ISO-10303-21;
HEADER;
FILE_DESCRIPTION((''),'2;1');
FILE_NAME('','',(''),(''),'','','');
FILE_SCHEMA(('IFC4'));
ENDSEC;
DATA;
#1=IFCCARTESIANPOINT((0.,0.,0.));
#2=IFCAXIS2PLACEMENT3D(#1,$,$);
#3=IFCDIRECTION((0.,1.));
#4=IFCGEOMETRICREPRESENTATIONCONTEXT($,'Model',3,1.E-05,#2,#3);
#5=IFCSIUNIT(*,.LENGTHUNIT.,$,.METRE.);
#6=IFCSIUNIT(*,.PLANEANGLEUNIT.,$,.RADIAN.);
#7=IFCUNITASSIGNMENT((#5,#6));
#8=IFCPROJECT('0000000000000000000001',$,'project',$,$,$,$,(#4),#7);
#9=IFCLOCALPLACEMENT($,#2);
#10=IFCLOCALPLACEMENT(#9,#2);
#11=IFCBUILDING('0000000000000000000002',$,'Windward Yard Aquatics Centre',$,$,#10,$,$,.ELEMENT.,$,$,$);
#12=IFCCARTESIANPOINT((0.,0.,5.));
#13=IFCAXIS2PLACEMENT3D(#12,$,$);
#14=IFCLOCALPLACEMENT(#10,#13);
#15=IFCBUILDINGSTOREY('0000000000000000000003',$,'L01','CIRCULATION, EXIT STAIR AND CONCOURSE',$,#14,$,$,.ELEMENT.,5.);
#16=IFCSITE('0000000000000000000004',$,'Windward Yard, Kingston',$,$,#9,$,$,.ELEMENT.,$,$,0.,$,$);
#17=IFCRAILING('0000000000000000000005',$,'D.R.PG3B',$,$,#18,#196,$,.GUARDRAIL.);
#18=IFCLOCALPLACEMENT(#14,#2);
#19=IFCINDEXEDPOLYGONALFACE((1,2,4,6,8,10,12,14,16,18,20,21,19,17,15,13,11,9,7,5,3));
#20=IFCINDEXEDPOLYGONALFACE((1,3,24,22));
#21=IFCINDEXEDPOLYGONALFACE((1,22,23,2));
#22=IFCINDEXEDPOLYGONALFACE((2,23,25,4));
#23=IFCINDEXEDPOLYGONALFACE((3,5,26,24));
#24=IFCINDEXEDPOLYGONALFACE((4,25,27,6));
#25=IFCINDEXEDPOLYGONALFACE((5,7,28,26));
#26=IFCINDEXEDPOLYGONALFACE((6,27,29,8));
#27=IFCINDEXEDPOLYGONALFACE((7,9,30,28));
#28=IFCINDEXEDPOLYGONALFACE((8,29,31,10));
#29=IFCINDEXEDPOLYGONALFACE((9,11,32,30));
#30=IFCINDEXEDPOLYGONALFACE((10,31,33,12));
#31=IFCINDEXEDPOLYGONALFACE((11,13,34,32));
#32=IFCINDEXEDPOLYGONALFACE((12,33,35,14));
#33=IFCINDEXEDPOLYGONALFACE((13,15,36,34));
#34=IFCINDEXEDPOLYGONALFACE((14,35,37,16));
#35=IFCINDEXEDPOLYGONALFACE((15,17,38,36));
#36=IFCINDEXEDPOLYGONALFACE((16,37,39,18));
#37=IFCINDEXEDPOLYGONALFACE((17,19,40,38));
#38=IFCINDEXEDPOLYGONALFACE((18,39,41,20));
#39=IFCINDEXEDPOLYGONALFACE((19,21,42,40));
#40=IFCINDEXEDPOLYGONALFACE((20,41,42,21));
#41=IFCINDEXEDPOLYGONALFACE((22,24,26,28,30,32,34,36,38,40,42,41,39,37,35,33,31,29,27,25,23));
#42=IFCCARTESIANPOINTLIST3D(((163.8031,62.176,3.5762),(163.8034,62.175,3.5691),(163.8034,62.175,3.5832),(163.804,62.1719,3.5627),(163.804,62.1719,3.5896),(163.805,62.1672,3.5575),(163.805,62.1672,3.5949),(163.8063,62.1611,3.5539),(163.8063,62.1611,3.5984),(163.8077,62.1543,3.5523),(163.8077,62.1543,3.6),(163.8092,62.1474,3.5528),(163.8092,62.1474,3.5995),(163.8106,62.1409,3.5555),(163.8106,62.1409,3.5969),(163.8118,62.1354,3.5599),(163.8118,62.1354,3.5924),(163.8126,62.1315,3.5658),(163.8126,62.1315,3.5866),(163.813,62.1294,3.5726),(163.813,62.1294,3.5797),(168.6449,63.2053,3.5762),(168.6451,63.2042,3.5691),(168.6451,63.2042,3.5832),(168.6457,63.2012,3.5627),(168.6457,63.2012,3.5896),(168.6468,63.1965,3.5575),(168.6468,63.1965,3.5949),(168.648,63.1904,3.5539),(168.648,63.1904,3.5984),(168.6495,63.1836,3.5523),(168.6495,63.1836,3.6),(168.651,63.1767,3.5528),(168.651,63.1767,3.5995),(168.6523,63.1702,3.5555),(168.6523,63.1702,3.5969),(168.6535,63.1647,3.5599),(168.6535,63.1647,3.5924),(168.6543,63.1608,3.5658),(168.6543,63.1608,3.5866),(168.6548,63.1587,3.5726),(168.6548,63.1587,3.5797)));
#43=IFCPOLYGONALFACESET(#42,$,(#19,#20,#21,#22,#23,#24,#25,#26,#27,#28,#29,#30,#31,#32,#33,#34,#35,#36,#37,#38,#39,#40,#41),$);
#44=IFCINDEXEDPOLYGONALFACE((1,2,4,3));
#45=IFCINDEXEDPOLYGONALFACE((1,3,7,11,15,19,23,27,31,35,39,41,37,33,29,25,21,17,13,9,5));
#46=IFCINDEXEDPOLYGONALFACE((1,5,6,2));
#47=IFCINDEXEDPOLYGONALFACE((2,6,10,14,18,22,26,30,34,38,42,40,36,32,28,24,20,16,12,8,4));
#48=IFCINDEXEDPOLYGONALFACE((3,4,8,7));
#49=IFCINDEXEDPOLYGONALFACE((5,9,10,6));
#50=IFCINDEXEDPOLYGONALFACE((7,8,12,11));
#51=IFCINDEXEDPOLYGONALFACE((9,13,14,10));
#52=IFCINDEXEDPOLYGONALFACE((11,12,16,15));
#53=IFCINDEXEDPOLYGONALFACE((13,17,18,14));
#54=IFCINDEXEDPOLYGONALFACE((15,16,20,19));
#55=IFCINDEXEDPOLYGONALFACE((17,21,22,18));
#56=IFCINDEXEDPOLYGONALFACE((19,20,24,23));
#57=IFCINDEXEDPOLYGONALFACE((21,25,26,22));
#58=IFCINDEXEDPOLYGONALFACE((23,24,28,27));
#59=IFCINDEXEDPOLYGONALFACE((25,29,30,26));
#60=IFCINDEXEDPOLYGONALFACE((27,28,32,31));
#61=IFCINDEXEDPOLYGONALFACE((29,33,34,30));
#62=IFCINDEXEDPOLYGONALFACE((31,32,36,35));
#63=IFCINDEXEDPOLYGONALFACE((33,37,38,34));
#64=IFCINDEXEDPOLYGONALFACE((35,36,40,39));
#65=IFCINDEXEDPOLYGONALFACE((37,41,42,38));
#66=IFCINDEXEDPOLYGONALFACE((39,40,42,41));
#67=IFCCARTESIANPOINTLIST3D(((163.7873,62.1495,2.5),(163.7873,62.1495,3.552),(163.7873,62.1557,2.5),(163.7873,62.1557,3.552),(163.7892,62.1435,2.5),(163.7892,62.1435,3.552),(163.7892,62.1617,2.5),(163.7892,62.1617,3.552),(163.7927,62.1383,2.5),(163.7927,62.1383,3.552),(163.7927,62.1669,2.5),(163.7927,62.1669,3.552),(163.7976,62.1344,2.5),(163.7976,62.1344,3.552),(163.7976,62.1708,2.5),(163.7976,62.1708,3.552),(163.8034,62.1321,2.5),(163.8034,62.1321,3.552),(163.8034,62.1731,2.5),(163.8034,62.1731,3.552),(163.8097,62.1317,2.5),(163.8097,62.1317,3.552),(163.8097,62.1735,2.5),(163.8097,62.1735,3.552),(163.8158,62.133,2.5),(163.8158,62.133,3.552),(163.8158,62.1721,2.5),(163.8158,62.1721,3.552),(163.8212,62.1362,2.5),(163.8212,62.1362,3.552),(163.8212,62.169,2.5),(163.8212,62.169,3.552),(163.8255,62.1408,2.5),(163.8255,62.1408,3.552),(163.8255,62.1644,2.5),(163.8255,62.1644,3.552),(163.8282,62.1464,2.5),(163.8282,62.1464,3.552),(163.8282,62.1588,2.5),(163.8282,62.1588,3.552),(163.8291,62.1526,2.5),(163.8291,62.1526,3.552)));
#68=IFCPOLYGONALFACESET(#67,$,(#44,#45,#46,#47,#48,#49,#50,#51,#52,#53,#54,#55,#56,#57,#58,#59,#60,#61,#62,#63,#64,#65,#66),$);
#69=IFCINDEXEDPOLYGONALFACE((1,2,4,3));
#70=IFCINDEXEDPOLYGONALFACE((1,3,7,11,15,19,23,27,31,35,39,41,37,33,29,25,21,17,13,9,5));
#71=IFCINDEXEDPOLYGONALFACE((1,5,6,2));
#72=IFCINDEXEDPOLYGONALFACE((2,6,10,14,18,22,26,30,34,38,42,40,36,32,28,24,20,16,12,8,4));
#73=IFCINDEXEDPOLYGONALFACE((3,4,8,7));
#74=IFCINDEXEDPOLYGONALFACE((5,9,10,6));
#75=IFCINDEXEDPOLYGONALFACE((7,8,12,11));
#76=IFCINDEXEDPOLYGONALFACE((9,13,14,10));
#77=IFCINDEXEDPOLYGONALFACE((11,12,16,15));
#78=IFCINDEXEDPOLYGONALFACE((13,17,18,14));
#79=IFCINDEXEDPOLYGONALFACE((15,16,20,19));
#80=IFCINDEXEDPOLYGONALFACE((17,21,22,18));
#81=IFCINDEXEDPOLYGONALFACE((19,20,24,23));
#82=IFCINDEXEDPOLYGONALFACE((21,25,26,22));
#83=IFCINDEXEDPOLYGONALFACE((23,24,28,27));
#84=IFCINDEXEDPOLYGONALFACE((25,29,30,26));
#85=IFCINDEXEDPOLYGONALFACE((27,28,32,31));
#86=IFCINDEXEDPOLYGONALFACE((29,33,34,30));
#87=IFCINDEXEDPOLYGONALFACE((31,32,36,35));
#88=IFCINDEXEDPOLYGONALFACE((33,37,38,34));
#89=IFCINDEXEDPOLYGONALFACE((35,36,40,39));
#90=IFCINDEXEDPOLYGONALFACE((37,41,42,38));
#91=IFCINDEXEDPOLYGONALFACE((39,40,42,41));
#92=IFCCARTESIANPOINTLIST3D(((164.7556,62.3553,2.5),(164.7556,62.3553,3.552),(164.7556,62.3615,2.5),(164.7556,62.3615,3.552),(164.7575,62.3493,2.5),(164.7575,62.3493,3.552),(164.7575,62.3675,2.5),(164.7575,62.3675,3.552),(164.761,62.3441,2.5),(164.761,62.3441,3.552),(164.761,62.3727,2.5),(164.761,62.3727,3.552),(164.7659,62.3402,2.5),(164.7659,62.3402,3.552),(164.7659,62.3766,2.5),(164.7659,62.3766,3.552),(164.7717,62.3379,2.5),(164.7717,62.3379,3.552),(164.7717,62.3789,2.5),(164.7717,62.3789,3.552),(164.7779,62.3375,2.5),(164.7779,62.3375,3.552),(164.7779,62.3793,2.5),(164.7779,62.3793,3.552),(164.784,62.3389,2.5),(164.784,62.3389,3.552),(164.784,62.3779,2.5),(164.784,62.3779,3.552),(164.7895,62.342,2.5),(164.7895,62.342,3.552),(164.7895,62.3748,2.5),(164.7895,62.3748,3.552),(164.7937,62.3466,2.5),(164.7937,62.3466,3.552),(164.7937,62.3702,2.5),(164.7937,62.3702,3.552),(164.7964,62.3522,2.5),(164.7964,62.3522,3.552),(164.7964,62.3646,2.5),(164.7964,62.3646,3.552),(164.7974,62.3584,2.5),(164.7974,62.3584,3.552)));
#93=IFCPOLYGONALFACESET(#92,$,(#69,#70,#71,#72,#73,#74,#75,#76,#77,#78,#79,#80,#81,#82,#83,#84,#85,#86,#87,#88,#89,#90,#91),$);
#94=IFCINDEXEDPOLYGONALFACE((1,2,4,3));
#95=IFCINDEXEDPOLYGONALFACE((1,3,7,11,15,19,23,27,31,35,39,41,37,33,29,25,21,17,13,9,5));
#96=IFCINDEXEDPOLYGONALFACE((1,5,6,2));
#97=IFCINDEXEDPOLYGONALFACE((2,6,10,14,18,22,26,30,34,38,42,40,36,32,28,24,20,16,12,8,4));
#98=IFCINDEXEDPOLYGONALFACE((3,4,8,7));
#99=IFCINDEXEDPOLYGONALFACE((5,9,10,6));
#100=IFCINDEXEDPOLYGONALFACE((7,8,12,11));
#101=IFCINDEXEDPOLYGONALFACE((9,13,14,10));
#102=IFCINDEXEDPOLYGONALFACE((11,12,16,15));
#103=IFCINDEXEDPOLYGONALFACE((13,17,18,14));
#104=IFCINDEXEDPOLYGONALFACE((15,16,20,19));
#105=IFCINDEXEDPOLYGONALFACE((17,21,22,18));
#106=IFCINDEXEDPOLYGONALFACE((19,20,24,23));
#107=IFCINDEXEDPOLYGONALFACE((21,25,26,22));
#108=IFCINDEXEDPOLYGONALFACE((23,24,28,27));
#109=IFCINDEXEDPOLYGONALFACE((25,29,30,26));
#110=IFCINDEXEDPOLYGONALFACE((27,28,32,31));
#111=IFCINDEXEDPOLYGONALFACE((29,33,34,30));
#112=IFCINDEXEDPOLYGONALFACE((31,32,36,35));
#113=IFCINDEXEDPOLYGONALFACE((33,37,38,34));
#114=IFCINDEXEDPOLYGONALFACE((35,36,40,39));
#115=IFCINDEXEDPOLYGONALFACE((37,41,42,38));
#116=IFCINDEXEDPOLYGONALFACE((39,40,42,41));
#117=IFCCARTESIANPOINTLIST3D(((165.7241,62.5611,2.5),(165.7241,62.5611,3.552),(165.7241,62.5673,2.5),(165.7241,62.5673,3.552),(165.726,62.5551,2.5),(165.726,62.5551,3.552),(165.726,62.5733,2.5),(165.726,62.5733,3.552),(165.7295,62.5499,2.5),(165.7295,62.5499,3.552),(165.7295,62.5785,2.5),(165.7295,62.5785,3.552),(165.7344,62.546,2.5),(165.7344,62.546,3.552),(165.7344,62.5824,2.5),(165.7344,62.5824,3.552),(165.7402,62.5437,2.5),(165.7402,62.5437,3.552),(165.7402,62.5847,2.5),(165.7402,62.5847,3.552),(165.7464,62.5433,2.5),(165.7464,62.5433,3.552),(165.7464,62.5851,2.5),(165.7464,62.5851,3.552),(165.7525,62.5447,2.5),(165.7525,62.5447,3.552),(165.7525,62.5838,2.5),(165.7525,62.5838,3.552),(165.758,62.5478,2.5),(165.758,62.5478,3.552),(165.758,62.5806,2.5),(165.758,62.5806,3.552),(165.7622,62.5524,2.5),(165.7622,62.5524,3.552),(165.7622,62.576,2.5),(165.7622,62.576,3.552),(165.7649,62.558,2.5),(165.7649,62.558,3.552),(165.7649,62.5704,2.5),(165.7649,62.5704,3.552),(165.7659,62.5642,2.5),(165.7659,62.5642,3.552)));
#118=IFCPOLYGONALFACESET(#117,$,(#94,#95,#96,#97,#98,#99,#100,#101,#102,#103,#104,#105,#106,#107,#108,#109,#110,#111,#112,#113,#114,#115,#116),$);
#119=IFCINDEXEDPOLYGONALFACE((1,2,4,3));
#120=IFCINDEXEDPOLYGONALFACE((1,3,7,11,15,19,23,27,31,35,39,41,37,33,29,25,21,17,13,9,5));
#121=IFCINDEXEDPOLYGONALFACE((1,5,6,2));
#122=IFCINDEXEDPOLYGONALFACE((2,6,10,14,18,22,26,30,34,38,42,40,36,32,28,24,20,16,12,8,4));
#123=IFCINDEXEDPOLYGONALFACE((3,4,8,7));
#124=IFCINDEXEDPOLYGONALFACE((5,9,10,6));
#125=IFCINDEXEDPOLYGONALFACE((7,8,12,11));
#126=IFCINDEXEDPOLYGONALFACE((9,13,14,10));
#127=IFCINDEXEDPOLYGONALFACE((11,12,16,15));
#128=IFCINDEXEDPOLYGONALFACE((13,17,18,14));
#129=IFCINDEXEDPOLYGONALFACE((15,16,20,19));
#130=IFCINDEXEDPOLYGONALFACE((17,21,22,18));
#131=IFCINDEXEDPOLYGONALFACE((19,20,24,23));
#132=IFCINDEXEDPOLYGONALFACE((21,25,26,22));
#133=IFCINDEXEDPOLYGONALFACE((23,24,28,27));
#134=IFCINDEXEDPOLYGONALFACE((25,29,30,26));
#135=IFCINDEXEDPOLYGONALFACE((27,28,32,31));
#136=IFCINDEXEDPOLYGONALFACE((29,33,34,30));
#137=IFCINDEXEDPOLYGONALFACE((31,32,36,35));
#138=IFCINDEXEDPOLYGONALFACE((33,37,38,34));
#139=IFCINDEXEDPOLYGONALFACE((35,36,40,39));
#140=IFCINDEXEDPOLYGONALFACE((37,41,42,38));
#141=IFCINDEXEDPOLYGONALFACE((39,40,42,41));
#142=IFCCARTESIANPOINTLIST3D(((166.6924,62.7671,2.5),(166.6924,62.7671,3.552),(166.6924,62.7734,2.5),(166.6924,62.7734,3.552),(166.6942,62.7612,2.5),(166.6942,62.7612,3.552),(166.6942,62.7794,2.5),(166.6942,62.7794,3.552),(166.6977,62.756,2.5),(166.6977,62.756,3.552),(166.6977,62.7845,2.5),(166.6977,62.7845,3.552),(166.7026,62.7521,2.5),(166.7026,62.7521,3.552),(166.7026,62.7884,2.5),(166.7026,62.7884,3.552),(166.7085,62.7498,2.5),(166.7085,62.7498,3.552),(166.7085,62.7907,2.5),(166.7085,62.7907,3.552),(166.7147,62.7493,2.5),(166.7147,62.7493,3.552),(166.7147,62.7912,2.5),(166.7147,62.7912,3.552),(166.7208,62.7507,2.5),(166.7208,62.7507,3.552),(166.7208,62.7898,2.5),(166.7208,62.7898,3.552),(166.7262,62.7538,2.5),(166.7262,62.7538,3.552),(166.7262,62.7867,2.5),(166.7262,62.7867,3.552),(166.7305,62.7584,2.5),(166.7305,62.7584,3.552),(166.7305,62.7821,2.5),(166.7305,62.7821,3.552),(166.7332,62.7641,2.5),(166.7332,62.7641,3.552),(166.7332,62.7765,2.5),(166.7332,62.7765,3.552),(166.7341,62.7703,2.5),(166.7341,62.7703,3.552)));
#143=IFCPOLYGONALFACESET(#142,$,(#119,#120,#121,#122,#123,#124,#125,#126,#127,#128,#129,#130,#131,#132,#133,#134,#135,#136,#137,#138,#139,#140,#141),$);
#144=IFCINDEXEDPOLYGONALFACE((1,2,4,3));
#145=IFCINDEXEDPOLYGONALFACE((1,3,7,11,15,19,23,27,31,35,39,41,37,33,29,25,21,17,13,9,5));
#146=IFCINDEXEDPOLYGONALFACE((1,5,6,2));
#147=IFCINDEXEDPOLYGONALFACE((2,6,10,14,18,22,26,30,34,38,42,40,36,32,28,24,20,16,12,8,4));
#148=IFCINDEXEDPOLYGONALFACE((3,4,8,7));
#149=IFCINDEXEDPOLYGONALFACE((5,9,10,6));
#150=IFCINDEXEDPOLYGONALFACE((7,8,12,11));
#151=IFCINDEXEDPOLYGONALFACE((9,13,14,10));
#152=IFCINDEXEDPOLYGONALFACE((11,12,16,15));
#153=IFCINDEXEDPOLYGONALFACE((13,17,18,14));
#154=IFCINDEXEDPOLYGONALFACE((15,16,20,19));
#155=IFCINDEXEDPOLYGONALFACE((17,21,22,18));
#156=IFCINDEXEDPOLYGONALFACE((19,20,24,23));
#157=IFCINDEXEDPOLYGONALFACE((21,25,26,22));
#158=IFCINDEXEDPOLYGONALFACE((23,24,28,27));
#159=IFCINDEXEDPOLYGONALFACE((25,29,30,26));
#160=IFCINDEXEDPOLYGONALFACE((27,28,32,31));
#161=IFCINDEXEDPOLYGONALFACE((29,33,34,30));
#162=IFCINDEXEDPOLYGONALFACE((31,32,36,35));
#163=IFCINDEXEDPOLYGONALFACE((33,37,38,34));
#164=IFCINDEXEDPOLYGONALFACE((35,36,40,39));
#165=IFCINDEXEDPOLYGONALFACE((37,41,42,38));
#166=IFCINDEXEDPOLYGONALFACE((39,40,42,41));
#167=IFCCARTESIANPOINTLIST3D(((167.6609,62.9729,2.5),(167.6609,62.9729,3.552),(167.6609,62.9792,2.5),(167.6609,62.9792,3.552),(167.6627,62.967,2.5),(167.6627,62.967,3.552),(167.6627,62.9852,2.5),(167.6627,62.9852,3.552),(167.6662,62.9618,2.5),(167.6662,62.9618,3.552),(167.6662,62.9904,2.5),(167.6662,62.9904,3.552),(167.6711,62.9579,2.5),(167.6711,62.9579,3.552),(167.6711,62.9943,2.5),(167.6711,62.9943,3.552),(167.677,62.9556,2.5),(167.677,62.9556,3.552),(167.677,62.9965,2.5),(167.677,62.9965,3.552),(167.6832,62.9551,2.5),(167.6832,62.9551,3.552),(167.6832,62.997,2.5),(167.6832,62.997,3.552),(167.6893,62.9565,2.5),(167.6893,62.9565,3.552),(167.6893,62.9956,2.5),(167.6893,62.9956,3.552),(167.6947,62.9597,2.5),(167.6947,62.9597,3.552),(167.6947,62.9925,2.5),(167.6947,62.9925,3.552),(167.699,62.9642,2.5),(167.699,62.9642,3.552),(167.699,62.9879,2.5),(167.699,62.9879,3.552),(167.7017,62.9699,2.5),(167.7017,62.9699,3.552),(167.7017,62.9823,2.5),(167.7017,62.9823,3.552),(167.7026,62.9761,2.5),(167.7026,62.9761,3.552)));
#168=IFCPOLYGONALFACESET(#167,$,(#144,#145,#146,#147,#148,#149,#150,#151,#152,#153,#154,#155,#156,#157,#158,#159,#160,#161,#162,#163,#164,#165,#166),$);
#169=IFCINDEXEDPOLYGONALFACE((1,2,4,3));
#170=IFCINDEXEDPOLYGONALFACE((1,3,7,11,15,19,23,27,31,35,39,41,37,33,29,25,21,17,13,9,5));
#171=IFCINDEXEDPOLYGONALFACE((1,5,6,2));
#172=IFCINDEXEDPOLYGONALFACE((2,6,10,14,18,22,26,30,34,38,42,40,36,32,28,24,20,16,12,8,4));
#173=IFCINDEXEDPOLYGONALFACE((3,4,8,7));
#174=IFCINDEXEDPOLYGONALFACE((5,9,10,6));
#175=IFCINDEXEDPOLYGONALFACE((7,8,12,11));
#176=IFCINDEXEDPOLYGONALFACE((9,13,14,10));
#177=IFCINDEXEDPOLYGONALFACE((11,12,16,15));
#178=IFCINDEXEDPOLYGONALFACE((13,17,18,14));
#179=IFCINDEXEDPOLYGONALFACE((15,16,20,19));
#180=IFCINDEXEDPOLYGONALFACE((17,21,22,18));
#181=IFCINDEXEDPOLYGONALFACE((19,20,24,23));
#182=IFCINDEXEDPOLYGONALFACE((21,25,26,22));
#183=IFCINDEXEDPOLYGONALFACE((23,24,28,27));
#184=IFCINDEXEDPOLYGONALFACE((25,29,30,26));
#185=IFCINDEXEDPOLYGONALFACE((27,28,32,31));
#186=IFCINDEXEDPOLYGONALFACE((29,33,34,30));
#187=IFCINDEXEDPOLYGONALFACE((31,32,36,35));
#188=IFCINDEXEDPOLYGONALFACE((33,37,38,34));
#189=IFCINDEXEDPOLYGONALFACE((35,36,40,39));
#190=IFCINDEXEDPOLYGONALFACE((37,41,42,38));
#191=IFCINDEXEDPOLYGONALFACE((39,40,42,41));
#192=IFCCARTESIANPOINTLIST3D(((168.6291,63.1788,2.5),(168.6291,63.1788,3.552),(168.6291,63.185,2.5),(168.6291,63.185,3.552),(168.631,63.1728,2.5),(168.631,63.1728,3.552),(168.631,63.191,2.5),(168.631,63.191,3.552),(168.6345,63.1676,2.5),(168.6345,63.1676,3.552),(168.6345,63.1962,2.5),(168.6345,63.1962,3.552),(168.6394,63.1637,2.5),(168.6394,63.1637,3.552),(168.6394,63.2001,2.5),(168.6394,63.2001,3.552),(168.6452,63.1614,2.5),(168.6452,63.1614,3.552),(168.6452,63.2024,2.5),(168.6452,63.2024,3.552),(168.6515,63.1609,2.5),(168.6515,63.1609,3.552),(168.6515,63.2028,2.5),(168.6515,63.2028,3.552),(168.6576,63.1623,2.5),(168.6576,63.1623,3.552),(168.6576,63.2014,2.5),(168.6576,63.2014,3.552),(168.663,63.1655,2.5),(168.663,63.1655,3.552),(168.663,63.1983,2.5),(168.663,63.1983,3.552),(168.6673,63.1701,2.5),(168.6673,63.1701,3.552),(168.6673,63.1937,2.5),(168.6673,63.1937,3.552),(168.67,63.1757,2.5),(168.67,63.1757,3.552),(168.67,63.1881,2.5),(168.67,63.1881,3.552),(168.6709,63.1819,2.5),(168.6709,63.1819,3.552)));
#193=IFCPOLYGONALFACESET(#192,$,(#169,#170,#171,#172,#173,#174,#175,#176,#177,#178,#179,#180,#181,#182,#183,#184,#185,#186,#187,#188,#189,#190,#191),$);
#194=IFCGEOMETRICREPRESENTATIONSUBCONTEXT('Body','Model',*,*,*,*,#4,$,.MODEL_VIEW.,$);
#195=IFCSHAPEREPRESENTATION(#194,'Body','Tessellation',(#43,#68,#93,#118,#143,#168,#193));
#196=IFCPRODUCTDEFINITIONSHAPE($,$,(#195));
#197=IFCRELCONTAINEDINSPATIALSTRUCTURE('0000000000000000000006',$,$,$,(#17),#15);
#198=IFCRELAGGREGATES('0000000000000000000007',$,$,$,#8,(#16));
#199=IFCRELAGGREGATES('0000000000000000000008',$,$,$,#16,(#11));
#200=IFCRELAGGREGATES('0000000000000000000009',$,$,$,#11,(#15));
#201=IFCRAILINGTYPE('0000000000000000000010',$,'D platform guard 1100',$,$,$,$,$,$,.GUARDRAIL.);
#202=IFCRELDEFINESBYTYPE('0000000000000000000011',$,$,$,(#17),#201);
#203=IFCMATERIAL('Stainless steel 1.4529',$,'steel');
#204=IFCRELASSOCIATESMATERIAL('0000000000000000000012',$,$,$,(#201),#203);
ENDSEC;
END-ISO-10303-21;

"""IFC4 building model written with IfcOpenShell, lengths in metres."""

from ifc_helpers import new_model, si_unit, direction, frame, origin, origin_2d, place, context, subcontext, project, spatial, circle, extrude, material, type_object, element, save


model = new_model("IFC4")

# Units and contexts
model_context = context("Model", 3, precision=1e-05, world=origin(), true_north=direction((0.0, 1.0)))
body_context = subcontext(model_context, "Body", "Model", "MODEL_VIEW")
ifc_project = project(units=[si_unit("LENGTHUNIT", "METRE"), si_unit("PLANEANGLEUNIT", "RADIAN")], contexts=[model_context])

# Site, building, storey
site_placement = place(None, origin())
site = spatial("IfcSite", under=ifc_project, at=site_placement, Name="Windward Yard, Kingston", CompositionType="ELEMENT", RefElevation=0.0)
building_placement = place(site_placement, origin())
building = spatial("IfcBuilding", under=site, at=building_placement, Name="Windward Yard Aquatics Centre", CompositionType="ELEMENT")
storey_placement = place(building_placement, frame((0.0, 0.0, 5.0)))
storey = spatial("IfcBuildingStorey", under=building, at=storey_placement, Name="L01", Description="CIRCULATION, EXIT STAIR AND CONCOURSE", CompositionType="ELEMENT", Elevation=5.0)

# Shared definitions
ifc_material_1 = material(Name="Stainless steel 1.4529", Category="steel")

# Railing
railing_type_1 = type_object("IfcRailingType", Name="D platform guard 1100", PredefinedType="GUARDRAIL", material=ifc_material_1)
railing_1_placement = place(storey_placement, frame((163.8081, 62.1526, 2.5)))
element("IfcRailing", 1, at=railing_1_placement, inside=storey, type_object=railing_type_1, Name="D.R.PG3B", PredefinedType="GUARDRAIL", context=body_context, shape_type="SweptSolid", body=[
    extrude(circle(Radius=0.0239, at=origin_2d()), frame((0.0, 0.0, 1.0762), z_axis=(0.978142, 0.207939, 0.0), x_axis=(-0.207939, 0.978142, 0.0)), (0.0, 0.0, 1.0), 4.95),
    extrude(circle(Radius=0.021, at=origin_2d()), origin(), (0.0, 0.0, 1.0), 1.052),
    extrude(circle(Radius=0.021, at=origin_2d()), frame((0.9683, 0.2058, 0.0)), (0.0, 0.0, 1.0), 1.052),
    extrude(circle(Radius=0.021, at=origin_2d()), frame((1.9368, 0.4116, 0.0)), (0.0, 0.0, 1.0), 1.052),
    extrude(circle(Radius=0.021, at=origin_2d()), frame((2.905, 0.6177, 0.0)), (0.0, 0.0, 1.0), 1.052),
    extrude(circle(Radius=0.021, at=origin_2d()), frame((3.8735, 0.8235, 0.0)), (0.0, 0.0, 1.0), 1.052),
    extrude(circle(Radius=0.021, at=origin_2d()), frame((4.8418, 1.0293, 0.0)), (0.0, 0.0, 1.0), 1.052),
])

save(model, "model.ifc")
